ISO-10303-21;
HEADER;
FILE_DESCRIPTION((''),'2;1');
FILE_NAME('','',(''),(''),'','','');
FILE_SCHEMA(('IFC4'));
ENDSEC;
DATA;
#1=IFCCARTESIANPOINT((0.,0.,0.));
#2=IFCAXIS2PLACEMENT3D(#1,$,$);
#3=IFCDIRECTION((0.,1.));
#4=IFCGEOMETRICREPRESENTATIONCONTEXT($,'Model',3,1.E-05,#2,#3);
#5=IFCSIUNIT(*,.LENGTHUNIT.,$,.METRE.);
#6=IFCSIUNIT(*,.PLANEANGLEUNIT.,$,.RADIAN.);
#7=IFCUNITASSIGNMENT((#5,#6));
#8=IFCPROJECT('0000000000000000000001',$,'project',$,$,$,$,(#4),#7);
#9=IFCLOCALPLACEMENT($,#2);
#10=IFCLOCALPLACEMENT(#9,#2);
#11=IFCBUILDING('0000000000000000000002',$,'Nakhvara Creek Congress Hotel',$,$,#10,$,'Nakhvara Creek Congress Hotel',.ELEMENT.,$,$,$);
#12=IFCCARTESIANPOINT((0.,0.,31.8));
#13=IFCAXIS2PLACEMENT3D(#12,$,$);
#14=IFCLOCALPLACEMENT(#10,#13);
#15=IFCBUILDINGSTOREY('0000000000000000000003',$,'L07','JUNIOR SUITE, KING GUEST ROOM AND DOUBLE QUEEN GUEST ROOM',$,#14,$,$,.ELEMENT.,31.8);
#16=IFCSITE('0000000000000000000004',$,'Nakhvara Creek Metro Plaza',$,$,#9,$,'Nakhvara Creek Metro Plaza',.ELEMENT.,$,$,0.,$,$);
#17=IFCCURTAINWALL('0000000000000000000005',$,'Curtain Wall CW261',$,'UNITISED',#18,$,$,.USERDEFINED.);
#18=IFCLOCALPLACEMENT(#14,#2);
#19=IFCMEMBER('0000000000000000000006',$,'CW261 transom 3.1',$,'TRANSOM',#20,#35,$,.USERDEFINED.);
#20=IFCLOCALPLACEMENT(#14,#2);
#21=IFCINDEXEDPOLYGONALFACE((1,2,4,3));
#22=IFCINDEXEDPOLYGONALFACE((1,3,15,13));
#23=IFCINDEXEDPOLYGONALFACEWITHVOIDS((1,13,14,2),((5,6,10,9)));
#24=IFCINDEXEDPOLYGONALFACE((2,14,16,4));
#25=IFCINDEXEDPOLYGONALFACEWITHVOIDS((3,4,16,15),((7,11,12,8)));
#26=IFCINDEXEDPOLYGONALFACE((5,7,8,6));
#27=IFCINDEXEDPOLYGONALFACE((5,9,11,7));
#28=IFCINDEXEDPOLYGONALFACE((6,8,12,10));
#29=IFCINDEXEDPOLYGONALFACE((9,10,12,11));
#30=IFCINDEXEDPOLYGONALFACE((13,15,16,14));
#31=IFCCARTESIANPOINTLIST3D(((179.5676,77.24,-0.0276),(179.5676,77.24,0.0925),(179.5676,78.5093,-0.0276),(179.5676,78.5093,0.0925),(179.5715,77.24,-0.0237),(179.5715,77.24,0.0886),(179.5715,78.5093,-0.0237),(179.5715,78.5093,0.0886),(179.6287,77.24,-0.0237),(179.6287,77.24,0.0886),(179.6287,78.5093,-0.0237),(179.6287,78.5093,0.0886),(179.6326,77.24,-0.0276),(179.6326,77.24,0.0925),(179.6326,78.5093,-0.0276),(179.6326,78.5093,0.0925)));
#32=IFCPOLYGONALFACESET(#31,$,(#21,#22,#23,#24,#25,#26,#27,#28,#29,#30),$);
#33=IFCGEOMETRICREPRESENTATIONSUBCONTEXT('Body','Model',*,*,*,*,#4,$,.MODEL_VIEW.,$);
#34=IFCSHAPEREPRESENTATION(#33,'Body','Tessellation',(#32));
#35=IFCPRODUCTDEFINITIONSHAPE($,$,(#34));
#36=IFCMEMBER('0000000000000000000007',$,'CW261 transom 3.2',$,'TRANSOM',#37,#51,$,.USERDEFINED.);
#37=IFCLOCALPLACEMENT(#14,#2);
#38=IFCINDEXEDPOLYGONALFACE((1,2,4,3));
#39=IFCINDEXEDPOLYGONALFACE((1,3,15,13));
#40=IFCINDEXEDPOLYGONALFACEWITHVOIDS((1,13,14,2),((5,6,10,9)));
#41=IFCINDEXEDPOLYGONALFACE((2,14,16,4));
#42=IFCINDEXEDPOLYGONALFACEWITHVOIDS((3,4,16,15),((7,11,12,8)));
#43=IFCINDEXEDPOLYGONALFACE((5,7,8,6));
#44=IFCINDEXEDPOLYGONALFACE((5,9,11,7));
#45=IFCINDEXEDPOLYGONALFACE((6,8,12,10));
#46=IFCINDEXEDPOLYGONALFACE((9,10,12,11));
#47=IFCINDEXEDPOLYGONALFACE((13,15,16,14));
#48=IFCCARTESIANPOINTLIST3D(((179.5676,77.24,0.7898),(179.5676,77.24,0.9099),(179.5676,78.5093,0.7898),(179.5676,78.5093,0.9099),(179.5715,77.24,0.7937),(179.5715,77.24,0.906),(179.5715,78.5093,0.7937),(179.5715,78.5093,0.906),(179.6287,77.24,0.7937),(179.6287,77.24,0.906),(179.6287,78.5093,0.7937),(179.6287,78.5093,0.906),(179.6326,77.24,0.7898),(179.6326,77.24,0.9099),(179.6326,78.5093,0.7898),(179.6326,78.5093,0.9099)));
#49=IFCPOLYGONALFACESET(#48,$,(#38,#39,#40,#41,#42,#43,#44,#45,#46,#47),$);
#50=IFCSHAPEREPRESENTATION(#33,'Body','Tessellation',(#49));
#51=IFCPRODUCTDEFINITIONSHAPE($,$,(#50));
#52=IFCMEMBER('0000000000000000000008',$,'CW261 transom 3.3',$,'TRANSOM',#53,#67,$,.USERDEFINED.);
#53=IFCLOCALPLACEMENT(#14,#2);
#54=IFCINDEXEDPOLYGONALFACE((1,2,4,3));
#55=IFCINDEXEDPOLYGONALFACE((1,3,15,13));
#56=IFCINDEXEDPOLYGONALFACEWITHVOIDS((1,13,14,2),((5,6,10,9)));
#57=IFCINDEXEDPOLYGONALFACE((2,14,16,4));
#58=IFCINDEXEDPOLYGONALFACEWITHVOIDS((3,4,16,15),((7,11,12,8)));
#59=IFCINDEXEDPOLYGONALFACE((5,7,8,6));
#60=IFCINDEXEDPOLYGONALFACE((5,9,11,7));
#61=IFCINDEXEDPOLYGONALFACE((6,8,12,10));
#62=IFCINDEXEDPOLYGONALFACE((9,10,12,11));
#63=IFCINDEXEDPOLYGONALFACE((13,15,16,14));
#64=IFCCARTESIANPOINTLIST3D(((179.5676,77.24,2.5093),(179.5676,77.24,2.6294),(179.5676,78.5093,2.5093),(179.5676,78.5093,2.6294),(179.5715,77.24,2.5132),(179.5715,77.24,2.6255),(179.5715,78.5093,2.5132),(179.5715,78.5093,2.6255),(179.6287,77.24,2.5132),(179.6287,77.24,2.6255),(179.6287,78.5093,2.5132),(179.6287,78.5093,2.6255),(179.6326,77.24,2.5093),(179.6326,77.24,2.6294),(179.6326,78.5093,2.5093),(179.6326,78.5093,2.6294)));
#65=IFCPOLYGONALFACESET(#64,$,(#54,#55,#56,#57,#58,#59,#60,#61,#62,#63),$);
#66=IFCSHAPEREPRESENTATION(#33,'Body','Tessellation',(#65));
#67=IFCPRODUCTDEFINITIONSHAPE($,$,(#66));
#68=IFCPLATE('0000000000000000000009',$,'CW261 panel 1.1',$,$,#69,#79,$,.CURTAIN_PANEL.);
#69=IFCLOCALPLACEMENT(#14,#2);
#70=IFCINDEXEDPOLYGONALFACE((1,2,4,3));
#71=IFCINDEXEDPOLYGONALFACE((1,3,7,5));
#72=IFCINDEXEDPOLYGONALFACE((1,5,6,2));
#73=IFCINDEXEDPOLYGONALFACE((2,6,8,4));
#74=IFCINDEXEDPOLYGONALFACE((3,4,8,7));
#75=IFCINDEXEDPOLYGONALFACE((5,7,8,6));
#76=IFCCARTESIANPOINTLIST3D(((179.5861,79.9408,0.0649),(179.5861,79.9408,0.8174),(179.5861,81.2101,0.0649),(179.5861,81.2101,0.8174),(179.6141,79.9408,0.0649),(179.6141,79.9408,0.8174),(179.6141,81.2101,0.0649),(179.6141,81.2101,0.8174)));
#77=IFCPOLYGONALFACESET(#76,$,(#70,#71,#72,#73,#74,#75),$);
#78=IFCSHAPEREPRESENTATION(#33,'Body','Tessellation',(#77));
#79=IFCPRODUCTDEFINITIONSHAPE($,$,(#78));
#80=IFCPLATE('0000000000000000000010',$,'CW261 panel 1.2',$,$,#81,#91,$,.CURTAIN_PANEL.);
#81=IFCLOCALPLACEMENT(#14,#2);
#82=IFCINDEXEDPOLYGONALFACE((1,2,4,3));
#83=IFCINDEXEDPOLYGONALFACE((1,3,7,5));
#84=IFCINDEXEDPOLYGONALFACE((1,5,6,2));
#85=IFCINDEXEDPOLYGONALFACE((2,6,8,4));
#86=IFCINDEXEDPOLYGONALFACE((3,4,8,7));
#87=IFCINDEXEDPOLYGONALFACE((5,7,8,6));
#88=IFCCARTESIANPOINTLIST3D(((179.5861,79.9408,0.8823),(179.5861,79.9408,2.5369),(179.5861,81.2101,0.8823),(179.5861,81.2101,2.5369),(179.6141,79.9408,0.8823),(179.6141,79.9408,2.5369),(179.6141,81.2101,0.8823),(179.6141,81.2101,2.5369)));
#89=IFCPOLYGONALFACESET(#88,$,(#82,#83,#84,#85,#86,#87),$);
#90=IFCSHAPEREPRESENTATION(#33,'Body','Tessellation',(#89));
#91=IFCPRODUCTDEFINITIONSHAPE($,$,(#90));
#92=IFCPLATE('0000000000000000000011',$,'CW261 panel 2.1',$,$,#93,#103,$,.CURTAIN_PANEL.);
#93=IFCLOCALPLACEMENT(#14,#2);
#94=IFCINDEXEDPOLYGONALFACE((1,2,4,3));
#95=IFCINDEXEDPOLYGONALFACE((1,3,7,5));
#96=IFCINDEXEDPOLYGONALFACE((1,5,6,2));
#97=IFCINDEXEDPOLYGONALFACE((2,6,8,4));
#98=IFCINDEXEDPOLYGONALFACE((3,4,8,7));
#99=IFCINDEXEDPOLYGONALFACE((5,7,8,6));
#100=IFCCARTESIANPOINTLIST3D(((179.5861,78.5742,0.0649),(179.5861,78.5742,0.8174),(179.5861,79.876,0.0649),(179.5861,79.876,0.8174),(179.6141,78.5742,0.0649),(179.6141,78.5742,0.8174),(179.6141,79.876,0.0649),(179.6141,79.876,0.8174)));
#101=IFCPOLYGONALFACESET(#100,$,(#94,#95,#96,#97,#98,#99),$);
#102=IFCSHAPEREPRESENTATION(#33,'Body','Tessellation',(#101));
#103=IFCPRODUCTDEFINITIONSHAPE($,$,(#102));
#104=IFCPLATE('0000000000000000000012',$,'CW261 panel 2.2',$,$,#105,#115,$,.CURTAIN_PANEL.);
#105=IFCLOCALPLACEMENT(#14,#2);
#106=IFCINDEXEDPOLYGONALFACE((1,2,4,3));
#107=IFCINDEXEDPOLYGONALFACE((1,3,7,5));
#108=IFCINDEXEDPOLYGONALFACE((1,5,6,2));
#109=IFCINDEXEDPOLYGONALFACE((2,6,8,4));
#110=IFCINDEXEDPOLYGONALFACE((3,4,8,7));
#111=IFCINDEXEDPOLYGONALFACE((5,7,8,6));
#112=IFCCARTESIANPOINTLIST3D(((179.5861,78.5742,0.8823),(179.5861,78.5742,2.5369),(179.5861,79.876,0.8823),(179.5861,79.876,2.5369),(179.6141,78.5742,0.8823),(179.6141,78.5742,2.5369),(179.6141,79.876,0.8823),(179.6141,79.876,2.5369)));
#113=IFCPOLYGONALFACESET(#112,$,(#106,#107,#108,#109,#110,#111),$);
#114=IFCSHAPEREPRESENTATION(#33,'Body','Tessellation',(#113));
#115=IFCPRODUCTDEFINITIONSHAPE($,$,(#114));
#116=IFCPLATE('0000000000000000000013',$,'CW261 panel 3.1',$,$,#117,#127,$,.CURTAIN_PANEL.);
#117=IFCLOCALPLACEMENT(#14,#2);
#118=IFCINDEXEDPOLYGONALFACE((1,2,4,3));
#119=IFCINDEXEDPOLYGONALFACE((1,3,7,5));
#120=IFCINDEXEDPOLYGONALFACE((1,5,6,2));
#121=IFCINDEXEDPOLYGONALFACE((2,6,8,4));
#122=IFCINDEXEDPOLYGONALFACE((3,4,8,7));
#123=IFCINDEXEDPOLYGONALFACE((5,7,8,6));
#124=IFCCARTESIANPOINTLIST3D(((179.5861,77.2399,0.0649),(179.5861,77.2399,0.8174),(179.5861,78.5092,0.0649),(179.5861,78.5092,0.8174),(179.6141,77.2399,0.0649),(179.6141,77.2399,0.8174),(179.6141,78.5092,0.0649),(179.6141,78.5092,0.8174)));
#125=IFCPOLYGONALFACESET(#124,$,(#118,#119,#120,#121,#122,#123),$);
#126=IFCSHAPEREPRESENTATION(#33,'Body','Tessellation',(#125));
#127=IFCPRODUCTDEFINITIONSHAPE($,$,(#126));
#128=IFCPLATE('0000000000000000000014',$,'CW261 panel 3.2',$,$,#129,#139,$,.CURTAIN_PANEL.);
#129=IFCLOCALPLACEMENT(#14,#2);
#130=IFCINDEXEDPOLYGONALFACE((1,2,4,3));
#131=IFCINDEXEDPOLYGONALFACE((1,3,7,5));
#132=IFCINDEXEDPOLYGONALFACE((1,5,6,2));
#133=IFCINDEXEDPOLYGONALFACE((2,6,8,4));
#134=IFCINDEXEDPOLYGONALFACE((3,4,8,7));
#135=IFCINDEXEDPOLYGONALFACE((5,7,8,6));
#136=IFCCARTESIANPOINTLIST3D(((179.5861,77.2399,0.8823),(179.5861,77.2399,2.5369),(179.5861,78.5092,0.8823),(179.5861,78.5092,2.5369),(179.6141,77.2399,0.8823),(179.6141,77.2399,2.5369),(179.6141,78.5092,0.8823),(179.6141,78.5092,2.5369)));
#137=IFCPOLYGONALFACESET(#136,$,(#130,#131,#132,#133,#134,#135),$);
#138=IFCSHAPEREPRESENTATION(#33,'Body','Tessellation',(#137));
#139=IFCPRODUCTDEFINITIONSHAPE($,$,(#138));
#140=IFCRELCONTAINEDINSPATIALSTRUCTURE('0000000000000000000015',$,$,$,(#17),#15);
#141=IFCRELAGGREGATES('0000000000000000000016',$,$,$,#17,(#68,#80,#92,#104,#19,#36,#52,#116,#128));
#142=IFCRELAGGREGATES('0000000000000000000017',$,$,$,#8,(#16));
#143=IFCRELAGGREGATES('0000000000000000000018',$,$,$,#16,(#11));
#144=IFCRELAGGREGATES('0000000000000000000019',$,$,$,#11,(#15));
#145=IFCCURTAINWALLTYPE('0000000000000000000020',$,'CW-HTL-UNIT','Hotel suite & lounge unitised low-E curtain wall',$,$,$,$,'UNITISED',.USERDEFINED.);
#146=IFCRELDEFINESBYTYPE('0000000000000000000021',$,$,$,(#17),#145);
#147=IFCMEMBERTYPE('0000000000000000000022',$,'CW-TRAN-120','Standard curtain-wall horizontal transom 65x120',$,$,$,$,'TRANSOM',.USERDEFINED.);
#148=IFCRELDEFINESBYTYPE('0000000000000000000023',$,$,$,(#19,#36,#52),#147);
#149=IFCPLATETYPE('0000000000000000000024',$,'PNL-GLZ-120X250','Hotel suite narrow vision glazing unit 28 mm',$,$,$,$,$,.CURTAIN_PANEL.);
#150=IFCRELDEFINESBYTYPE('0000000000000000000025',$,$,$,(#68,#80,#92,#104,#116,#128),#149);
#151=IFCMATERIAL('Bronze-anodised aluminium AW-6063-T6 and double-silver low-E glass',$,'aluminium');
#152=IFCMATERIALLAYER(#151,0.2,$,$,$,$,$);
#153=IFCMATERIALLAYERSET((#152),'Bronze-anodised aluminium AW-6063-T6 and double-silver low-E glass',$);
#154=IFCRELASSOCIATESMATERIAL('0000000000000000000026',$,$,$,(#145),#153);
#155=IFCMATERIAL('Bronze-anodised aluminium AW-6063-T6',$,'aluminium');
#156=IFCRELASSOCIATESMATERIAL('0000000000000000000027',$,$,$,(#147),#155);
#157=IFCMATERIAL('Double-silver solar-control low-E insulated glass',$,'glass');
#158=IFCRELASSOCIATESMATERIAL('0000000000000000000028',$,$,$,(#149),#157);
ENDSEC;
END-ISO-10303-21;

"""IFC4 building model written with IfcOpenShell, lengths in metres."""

from ifc_helpers import new_model, si_unit, direction, frame, origin, origin_2d, place, context, subcontext, project, spatial, rectangle, hollow_rectangle, extrude, material, layer, layer_set, material_profile, profile_set, type_object, element, aggregate, save


model = new_model("IFC4")

# Units and contexts
model_context = context("Model", 3, precision=1e-05, world=origin(), true_north=direction((0.0, 1.0)))
body_context = subcontext(model_context, "Body", "Model", "MODEL_VIEW")
ifc_project = project(units=[si_unit("LENGTHUNIT", "METRE"), si_unit("PLANEANGLEUNIT", "RADIAN")], contexts=[model_context])

# Site, building, storey
site_placement = place(None, origin())
site = spatial("IfcSite", under=ifc_project, at=site_placement, Name="Nakhvara Creek Metro Plaza", LongName="Nakhvara Creek Metro Plaza", CompositionType="ELEMENT", RefElevation=0.0)
building_placement = place(site_placement, origin())
building = spatial("IfcBuilding", under=site, at=building_placement, Name="Nakhvara Creek Congress Hotel", LongName="Nakhvara Creek Congress Hotel", CompositionType="ELEMENT")
storey_placement = place(building_placement, frame((0.0, 0.0, 31.8)))
storey = spatial("IfcBuildingStorey", under=building, at=storey_placement, Name="L07", Description="JUNIOR SUITE, KING GUEST ROOM AND DOUBLE QUEEN GUEST ROOM", CompositionType="ELEMENT", Elevation=31.8)

# Curtain wall
ifc_material_1 = material(Name="Bronze-anodised aluminium AW-6063-T6 and double-silver low-E glass", Category="aluminium")
ifc_layer = layer(ifc_material_1, 0.2)
ifc_layer_set = layer_set([ifc_layer], Name="Bronze-anodised aluminium AW-6063-T6 and double-silver low-E glass")
curtain_wall_type = type_object("IfcCurtainWallType", Name="CW-HTL-UNIT", Description="Hotel suite & lounge unitised low-E curtain wall", ElementType="UNITISED", PredefinedType="USERDEFINED", material=ifc_layer_set)
curtain_wall_1_placement = place(storey_placement, origin())
curtain_wall_1 = element("IfcCurtainWall", 1, at=curtain_wall_1_placement, inside=storey, type_object=curtain_wall_type, Name="Curtain Wall CW261", ObjectType="UNITISED", PredefinedType="USERDEFINED")
ifc_material_2 = material(Name="Bronze-anodised aluminium AW-6063-T6", Category="aluminium")

# Members
ifc_material_profile_1 = material_profile(ifc_material_2, hollow_rectangle(XDim=0.0649, YDim=0.1201, WallThickness=0.0039, at=origin_2d()), Name="ALU-TRAN 65x120x4", Category="LoadBearing")
ifc_profile_set_1 = profile_set([ifc_material_profile_1], Name="Bronze-anodised aluminium AW-6063-T6")
member_type_1 = type_object("IfcMemberType", Name="CW-TRAN-120", Description="Standard curtain-wall horizontal transom 65x120", ElementType="TRANSOM", PredefinedType="USERDEFINED", material=ifc_profile_set_1)
member_1_placement = place(storey_placement, frame((179.6001, 78.5093, 0.0325), z_axis=(0.0, -1.0, 0.0), x_axis=(1.0, 0.0, 0.0)))
member_1 = element("IfcMember", 2, at=member_1_placement, type_object=member_type_1, Name="CW261 transom 3.1", ObjectType="TRANSOM", PredefinedType="USERDEFINED", context=body_context, shape_type="SweptSolid", body=[
    extrude(hollow_rectangle(XDim=0.0649, YDim=0.1201, WallThickness=0.0039, at=origin_2d()), origin(), (0.0, 0.0, 1.0), 1.2693),
])
member_2_placement = place(storey_placement, frame((179.6001, 78.5093, 0.8499), z_axis=(0.0, -1.0, 0.0), x_axis=(1.0, 0.0, 0.0)))
member_2 = element("IfcMember", 3, at=member_2_placement, type_object=member_type_1, Name="CW261 transom 3.2", ObjectType="TRANSOM", PredefinedType="USERDEFINED", context=body_context, shape_type="SweptSolid", body=[
    extrude(hollow_rectangle(XDim=0.0649, YDim=0.1201, WallThickness=0.0039, at=origin_2d()), origin(), (0.0, 0.0, 1.0), 1.2693),
])
member_3_placement = place(storey_placement, frame((179.6001, 78.5093, 2.5693), z_axis=(0.0, -1.0, 0.0), x_axis=(1.0, 0.0, 0.0)))
member_3 = element("IfcMember", 4, at=member_3_placement, type_object=member_type_1, Name="CW261 transom 3.3", ObjectType="TRANSOM", PredefinedType="USERDEFINED", context=body_context, shape_type="SweptSolid", body=[
    extrude(hollow_rectangle(XDim=0.0649, YDim=0.1201, WallThickness=0.0039, at=origin_2d()), origin(), (0.0, 0.0, 1.0), 1.2693),
])

# Plates
ifc_material_3 = material(Name="Double-silver solar-control low-E insulated glass", Category="glass")
plate_type = type_object("IfcPlateType", Name="PNL-GLZ-120X250", Description="Hotel suite narrow vision glazing unit 28 mm", PredefinedType="CURTAIN_PANEL", material=ifc_material_3)
plate_1_placement = place(storey_placement, frame((179.6001, 80.5754, 0.0649), z_axis=(0.0, 0.0, 1.0), x_axis=(0.0, -1.0, 0.0)))
plate_1 = element("IfcPlate", 5, at=plate_1_placement, type_object=plate_type, Name="CW261 panel 1.1", PredefinedType="CURTAIN_PANEL", context=body_context, shape_type="SweptSolid", body=[
    extrude(rectangle(XDim=1.2693, YDim=0.0281, at=origin_2d()), origin(), (0.0, 0.0, 1.0), 0.7524),
])
plate_2_placement = place(storey_placement, frame((179.6001, 80.5754, 0.8823), z_axis=(0.0, 0.0, 1.0), x_axis=(0.0, -1.0, 0.0)))
plate_2 = element("IfcPlate", 6, at=plate_2_placement, type_object=plate_type, Name="CW261 panel 1.2", PredefinedType="CURTAIN_PANEL", context=body_context, shape_type="SweptSolid", body=[
    extrude(rectangle(XDim=1.2693, YDim=0.0281, at=origin_2d()), origin(), (0.0, 0.0, 1.0), 1.6545),
])
plate_3_placement = place(storey_placement, frame((179.6001, 79.2251, 0.0649), z_axis=(0.0, 0.0, 1.0), x_axis=(0.0, -1.0, 0.0)))
plate_3 = element("IfcPlate", 7, at=plate_3_placement, type_object=plate_type, Name="CW261 panel 2.1", PredefinedType="CURTAIN_PANEL", context=body_context, shape_type="SweptSolid", body=[
    extrude(rectangle(XDim=1.3018, YDim=0.0281, at=origin_2d()), origin(), (0.0, 0.0, 1.0), 0.7524),
])
plate_4_placement = place(storey_placement, frame((179.6001, 79.2251, 0.8823), z_axis=(0.0, 0.0, 1.0), x_axis=(0.0, -1.0, 0.0)))
plate_4 = element("IfcPlate", 8, at=plate_4_placement, type_object=plate_type, Name="CW261 panel 2.2", PredefinedType="CURTAIN_PANEL", context=body_context, shape_type="SweptSolid", body=[
    extrude(rectangle(XDim=1.3018, YDim=0.0281, at=origin_2d()), origin(), (0.0, 0.0, 1.0), 1.6545),
])
plate_5_placement = place(storey_placement, frame((179.6001, 77.8745, 0.0649), z_axis=(0.0, 0.0, 1.0), x_axis=(0.0, -1.0, 0.0)))
plate_5 = element("IfcPlate", 9, at=plate_5_placement, type_object=plate_type, Name="CW261 panel 3.1", PredefinedType="CURTAIN_PANEL", context=body_context, shape_type="SweptSolid", body=[
    extrude(rectangle(XDim=1.2693, YDim=0.0281, at=origin_2d()), origin(), (0.0, 0.0, 1.0), 0.7524),
])
plate_6_placement = place(storey_placement, frame((179.6001, 77.8745, 0.8823), z_axis=(0.0, 0.0, 1.0), x_axis=(0.0, -1.0, 0.0)))
plate_6 = element("IfcPlate", 10, at=plate_6_placement, type_object=plate_type, Name="CW261 panel 3.2", PredefinedType="CURTAIN_PANEL", context=body_context, shape_type="SweptSolid", body=[
    extrude(rectangle(XDim=1.2693, YDim=0.0281, at=origin_2d()), origin(), (0.0, 0.0, 1.0), 1.6545),
])
aggregate(curtain_wall_1, [plate_1, plate_2, plate_3, plate_4, member_1, member_2, member_3, plate_5, plate_6])

save(model, "model.ifc")
